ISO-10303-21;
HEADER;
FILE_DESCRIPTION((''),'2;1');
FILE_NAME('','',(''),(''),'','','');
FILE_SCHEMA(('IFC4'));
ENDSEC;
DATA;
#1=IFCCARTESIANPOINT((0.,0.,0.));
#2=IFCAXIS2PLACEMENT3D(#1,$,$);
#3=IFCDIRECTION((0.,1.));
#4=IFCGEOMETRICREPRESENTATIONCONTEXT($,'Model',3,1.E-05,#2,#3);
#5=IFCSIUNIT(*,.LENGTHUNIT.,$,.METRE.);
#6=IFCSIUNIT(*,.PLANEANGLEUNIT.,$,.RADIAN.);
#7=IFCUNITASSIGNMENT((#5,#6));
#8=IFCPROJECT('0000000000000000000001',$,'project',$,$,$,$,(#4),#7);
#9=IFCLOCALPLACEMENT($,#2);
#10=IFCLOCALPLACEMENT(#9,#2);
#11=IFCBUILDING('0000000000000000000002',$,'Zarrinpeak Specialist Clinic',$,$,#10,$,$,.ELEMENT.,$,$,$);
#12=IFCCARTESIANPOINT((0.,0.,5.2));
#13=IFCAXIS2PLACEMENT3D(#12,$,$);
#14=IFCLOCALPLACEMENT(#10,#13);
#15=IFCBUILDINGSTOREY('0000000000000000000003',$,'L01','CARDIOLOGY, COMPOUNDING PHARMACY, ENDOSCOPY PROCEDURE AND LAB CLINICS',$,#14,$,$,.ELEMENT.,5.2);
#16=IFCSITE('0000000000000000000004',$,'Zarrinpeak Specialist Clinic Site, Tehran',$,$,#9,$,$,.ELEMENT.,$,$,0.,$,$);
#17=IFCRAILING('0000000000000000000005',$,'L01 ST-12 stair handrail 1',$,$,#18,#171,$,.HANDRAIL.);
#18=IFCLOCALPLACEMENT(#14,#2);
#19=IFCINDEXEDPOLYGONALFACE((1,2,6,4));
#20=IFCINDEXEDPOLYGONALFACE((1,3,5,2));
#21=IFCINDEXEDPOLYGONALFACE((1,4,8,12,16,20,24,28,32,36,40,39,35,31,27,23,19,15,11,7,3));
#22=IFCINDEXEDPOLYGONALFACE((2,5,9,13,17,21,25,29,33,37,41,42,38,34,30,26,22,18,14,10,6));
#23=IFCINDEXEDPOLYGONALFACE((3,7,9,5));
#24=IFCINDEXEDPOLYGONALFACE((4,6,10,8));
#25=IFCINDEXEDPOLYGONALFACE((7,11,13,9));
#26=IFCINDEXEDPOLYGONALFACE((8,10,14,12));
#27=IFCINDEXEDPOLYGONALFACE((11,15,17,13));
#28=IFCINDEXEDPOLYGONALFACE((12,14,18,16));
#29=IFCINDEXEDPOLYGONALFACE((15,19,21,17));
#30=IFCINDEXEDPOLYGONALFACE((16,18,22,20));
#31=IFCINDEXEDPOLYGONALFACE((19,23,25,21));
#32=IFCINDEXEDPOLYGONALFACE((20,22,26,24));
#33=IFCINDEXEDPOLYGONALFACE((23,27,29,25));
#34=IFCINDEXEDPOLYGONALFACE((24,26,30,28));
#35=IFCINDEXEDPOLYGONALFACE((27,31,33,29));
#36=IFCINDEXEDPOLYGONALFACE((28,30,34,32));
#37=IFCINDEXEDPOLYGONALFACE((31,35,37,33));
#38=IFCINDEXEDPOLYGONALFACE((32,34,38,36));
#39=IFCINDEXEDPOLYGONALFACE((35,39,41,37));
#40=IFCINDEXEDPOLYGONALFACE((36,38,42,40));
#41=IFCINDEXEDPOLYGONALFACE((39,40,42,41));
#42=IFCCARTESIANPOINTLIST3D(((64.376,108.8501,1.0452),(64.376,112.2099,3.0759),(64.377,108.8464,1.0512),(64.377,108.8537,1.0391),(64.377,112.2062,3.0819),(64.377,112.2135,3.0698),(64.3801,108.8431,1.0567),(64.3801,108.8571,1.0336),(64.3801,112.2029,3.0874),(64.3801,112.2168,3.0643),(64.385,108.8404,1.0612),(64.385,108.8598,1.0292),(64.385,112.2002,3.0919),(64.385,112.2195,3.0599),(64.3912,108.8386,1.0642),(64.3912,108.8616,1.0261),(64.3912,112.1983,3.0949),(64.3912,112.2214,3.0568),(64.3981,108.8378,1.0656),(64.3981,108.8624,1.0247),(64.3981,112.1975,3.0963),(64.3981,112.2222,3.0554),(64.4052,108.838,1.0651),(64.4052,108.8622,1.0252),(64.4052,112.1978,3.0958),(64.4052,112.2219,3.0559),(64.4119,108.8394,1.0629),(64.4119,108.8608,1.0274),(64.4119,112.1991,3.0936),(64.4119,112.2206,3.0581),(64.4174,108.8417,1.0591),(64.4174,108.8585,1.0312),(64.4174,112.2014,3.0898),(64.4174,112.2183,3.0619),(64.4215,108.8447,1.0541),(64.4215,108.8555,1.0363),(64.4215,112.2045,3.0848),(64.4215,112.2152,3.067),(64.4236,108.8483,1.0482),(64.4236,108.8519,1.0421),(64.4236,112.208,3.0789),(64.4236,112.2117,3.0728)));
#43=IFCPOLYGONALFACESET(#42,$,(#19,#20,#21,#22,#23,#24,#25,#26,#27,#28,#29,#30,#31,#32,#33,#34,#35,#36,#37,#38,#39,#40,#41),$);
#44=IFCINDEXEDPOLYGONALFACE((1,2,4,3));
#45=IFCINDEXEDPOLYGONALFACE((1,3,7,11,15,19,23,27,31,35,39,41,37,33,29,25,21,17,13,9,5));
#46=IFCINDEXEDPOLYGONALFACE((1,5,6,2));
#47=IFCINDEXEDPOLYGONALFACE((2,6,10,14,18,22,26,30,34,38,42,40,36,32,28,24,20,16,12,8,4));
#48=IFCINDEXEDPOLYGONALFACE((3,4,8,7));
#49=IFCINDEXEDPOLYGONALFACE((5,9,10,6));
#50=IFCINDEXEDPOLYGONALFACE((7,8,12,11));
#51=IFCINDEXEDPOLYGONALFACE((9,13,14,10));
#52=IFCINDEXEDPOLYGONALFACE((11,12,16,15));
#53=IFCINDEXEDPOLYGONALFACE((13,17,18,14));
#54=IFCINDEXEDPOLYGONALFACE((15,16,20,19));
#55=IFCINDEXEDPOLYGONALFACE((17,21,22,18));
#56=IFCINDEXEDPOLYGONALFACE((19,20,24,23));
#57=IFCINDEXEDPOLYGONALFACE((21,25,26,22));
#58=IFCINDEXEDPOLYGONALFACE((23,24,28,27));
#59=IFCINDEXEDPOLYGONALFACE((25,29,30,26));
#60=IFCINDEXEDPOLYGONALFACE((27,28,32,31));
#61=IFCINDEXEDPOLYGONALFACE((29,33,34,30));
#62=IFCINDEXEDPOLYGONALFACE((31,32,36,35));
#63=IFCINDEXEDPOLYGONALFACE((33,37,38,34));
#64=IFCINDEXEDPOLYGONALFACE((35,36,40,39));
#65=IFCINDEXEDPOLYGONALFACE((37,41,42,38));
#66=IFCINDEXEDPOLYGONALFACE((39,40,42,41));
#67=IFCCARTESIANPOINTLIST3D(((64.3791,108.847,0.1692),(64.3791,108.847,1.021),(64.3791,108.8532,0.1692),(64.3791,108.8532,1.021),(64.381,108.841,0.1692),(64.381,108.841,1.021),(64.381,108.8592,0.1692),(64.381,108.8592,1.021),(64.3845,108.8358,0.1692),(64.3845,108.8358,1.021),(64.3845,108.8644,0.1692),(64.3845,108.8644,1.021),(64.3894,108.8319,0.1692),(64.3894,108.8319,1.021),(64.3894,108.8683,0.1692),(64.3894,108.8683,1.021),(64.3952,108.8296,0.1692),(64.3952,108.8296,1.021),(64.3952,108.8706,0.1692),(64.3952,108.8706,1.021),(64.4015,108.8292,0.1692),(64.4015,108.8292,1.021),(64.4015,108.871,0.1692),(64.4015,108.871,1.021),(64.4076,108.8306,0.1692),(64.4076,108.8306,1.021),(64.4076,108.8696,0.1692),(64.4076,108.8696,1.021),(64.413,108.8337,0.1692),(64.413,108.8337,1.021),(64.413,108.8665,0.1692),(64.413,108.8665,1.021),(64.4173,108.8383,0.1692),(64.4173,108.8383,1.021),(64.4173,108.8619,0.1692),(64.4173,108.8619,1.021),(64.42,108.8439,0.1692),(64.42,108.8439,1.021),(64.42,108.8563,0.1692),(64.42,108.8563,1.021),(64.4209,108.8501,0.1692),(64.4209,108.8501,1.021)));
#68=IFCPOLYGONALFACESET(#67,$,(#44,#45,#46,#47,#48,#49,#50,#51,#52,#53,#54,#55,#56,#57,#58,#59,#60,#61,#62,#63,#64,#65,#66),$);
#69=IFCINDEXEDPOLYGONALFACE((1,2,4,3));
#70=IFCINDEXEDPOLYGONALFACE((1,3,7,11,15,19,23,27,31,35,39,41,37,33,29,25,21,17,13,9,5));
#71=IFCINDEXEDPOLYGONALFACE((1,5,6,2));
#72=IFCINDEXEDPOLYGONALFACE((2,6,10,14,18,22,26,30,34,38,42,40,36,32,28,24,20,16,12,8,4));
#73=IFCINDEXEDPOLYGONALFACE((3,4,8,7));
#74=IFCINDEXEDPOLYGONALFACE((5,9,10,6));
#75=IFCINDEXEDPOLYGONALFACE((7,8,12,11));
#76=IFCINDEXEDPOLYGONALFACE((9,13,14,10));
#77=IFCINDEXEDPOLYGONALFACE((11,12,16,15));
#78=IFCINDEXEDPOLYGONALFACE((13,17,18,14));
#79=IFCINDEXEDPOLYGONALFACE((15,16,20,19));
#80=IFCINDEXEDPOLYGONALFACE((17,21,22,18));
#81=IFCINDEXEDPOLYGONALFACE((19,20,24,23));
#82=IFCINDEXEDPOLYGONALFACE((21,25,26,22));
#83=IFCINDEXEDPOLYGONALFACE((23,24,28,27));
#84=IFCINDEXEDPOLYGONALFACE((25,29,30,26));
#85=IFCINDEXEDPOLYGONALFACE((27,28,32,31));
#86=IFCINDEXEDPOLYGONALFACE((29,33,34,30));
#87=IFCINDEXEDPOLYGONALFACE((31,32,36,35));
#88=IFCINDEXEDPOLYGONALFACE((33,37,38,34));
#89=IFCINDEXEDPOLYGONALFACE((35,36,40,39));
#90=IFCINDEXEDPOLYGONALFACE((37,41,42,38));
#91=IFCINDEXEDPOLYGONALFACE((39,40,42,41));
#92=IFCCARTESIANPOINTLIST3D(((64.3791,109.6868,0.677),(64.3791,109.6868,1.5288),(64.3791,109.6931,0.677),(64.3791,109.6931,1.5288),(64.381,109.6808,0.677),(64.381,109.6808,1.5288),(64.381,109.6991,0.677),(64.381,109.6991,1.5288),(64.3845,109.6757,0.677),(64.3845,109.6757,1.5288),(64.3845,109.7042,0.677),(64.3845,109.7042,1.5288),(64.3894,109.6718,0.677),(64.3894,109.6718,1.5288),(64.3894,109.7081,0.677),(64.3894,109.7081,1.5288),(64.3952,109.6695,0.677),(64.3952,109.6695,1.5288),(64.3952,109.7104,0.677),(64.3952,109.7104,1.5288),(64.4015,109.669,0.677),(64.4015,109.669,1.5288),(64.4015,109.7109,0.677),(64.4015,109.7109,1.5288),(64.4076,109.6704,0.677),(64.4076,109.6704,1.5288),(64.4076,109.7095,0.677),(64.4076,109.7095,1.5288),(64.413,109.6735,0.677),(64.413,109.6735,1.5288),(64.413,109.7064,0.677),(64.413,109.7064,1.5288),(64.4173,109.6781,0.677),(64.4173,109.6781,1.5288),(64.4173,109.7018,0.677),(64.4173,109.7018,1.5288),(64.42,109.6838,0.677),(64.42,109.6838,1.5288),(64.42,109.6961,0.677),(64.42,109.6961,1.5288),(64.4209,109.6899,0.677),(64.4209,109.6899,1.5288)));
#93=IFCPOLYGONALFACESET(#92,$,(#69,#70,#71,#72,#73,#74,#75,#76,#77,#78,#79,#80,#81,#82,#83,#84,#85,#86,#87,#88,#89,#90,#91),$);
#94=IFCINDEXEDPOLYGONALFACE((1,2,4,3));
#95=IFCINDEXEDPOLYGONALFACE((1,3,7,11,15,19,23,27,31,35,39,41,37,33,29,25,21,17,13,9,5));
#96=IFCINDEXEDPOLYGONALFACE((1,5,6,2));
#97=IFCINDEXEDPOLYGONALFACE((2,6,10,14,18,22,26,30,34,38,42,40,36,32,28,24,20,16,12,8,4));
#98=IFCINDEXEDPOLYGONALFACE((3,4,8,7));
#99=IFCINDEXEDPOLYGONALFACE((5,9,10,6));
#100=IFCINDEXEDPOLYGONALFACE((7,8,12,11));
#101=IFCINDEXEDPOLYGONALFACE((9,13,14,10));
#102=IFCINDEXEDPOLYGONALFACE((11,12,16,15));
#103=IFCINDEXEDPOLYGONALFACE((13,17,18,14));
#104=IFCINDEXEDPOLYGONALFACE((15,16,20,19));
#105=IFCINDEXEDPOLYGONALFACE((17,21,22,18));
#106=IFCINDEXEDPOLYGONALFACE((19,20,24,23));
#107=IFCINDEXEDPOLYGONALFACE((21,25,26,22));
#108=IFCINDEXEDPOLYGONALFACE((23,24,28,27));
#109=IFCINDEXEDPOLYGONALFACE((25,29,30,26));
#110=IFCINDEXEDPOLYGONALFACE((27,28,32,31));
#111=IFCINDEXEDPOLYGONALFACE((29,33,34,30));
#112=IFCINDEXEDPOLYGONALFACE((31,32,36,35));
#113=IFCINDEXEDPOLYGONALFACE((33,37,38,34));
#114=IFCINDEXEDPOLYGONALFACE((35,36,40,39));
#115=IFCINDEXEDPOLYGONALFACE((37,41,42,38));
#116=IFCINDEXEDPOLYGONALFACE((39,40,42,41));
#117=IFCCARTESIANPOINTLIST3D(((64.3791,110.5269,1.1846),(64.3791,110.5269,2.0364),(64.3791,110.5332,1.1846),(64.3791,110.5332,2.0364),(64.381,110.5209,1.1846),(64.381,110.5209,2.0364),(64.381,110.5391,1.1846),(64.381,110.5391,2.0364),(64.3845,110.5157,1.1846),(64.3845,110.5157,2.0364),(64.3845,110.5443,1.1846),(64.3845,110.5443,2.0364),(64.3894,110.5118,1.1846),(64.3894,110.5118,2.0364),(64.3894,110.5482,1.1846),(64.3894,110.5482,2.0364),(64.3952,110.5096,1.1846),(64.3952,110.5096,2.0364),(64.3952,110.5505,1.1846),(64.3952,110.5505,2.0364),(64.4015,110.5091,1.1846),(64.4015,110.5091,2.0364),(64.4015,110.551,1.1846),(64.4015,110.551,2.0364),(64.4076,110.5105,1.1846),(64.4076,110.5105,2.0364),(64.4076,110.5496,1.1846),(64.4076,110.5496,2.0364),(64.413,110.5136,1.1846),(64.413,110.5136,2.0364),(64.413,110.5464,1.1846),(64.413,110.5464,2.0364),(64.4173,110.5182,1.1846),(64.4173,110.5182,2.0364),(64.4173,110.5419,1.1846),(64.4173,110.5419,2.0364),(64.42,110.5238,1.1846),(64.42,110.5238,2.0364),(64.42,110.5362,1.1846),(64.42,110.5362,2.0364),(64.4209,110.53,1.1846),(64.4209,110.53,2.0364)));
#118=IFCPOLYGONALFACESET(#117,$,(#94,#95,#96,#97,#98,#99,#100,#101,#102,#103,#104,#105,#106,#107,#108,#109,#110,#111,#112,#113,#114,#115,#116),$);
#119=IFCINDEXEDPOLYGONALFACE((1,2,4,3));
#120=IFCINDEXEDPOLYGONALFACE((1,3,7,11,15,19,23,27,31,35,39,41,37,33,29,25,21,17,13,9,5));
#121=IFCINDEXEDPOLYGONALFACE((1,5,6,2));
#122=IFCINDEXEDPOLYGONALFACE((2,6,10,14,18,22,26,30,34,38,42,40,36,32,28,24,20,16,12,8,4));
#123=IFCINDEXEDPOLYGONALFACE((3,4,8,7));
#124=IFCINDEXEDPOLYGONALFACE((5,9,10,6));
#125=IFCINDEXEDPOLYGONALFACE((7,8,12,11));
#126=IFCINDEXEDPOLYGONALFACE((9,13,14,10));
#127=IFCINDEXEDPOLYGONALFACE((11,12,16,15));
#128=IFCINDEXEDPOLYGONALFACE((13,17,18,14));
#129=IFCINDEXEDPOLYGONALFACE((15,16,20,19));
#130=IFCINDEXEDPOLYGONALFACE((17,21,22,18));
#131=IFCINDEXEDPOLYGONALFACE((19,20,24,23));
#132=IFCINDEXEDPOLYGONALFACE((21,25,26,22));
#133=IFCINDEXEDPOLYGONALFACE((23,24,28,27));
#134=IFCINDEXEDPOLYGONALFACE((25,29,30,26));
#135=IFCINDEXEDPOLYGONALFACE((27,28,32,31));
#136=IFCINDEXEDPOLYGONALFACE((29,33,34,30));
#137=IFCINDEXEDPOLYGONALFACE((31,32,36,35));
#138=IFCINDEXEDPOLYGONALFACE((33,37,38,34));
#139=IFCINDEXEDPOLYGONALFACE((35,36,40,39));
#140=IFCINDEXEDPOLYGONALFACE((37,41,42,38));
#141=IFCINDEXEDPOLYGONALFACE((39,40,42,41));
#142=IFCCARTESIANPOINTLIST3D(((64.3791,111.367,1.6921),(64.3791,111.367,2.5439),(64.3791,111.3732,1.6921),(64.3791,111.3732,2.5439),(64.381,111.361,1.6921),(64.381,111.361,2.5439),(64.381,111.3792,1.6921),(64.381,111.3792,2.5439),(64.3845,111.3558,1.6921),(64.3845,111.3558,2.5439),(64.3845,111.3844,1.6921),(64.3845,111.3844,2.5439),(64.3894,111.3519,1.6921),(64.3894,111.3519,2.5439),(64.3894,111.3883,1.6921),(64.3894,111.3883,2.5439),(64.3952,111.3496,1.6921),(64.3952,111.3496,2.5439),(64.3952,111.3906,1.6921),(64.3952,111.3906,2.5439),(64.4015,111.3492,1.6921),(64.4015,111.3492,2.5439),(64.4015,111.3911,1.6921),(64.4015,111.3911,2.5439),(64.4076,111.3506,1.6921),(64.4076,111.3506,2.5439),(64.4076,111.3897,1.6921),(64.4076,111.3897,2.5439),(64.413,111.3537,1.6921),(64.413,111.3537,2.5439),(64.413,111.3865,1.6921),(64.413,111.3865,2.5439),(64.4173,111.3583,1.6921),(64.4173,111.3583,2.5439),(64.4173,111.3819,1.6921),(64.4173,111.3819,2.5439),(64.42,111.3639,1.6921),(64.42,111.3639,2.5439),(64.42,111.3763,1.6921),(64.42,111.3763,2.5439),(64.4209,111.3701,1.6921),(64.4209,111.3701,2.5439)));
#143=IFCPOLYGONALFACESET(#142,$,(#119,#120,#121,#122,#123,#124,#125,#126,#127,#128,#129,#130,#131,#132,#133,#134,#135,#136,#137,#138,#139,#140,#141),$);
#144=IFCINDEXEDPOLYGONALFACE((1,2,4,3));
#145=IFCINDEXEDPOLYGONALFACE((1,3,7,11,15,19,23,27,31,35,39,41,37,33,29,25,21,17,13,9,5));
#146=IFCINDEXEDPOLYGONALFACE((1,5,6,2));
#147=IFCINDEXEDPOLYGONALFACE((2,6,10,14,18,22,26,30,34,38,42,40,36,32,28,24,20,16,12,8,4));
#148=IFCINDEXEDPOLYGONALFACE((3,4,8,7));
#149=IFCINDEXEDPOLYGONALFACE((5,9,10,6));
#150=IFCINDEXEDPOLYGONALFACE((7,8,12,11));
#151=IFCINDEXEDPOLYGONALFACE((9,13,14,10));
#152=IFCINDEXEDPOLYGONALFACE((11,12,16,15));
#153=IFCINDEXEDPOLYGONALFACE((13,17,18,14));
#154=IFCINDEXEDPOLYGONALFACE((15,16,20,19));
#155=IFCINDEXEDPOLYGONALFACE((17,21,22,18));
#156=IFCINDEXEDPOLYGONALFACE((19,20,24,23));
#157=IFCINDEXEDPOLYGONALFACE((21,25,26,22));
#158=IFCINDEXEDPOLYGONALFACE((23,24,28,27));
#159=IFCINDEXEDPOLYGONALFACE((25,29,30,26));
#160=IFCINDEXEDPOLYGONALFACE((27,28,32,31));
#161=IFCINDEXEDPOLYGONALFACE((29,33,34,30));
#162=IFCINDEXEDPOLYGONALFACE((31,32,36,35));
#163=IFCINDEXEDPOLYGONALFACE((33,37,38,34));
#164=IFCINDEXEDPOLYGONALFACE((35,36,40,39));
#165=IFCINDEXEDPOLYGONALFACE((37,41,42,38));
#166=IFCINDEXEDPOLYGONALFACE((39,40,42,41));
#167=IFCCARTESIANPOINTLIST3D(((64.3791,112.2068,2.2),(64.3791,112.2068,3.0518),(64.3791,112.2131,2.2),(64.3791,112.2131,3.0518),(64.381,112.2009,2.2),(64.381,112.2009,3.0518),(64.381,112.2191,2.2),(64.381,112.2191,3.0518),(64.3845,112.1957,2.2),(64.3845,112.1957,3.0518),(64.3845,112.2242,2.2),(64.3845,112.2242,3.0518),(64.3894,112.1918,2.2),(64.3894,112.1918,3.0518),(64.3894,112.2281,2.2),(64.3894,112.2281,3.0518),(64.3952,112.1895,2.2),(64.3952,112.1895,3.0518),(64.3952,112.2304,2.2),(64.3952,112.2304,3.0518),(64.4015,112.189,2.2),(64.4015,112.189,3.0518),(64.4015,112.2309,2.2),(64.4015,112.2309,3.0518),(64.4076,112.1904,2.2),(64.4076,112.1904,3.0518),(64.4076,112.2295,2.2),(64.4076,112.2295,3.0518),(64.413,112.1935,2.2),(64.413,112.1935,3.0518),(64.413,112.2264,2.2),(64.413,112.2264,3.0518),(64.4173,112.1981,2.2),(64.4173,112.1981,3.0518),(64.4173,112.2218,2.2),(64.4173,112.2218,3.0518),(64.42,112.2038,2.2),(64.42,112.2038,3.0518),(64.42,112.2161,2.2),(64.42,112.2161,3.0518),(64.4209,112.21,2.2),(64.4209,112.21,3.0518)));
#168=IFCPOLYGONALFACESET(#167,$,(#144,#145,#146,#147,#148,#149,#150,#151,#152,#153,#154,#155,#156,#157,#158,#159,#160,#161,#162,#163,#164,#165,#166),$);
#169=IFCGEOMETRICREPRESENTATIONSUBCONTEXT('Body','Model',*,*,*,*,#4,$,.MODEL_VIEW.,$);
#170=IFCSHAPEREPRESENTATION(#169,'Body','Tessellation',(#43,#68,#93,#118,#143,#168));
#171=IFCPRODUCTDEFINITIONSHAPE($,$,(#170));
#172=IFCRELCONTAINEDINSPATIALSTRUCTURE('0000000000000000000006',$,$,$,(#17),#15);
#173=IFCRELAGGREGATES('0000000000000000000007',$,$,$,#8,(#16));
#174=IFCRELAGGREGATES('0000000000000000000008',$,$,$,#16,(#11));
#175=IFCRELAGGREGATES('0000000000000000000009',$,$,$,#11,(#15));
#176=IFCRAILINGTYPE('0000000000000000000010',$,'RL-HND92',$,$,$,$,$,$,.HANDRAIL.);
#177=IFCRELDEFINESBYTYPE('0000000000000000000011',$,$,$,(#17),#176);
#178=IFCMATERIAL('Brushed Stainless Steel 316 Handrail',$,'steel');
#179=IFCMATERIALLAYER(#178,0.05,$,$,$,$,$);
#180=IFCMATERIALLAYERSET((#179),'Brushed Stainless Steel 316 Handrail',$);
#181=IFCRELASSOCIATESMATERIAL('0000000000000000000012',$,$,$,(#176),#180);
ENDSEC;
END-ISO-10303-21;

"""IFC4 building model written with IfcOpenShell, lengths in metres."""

from ifc_helpers import new_model, si_unit, direction, frame, origin, origin_2d, place, context, subcontext, project, spatial, circle, extrude, material, layer, layer_set, type_object, element, save


model = new_model("IFC4")

# Units and contexts
model_context = context("Model", 3, precision=1e-05, world=origin(), true_north=direction((0.0, 1.0)))
body_context = subcontext(model_context, "Body", "Model", "MODEL_VIEW")
ifc_project = project(units=[si_unit("LENGTHUNIT", "METRE"), si_unit("PLANEANGLEUNIT", "RADIAN")], contexts=[model_context])

# Site, building, storey
site_placement = place(None, origin())
site = spatial("IfcSite", under=ifc_project, at=site_placement, Name="Zarrinpeak Specialist Clinic Site, Tehran", CompositionType="ELEMENT", RefElevation=0.0)
building_placement = place(site_placement, origin())
building = spatial("IfcBuilding", under=site, at=building_placement, Name="Zarrinpeak Specialist Clinic", CompositionType="ELEMENT")
storey_placement = place(building_placement, frame((0.0, 0.0, 5.2)))
storey = spatial("IfcBuildingStorey", under=building, at=storey_placement, Name="L01", Description="CARDIOLOGY, COMPOUNDING PHARMACY, ENDOSCOPY PROCEDURE AND LAB CLINICS", CompositionType="ELEMENT", Elevation=5.2)

# Railing
ifc_material_1 = material(Name="Brushed Stainless Steel 316 Handrail", Category="steel")
ifc_layer_1 = layer(ifc_material_1, 0.05)
ifc_layer_set_1 = layer_set([ifc_layer_1], Name="Brushed Stainless Steel 316 Handrail")
railing_type_1 = type_object("IfcRailingType", Name="RL-HND92", PredefinedType="HANDRAIL", material=ifc_layer_set_1)
railing_1_placement = place(storey_placement, frame((64.3999, 108.8501, 0.1692)))
element("IfcRailing", 1, at=railing_1_placement, inside=storey, type_object=railing_type_1, Name="L01 ST-12 stair handrail 1", PredefinedType="HANDRAIL", context=body_context, shape_type="SweptSolid", body=[
    extrude(circle(Radius=0.0239, at=origin_2d()), frame((0.0, 0.0, 0.876), z_axis=(0.0, 0.85582, 0.517273), x_axis=(-1.0, 0.0, 0.0)), (0.0, 0.0, 1.0), 3.9258),
    extrude(circle(Radius=0.021, at=origin_2d()), origin(), (0.0, 0.0, 1.0), 0.8518),
    extrude(circle(Radius=0.021, at=origin_2d()), frame((0.0, 0.8398, 0.5078)), (0.0, 0.0, 1.0), 0.8518),
    extrude(circle(Radius=0.021, at=origin_2d()), frame((0.0, 1.6799, 1.0154)), (0.0, 0.0, 1.0), 0.8518),
    extrude(circle(Radius=0.021, at=origin_2d()), frame((0.0, 2.52, 1.5229)), (0.0, 0.0, 1.0), 0.8518),
    extrude(circle(Radius=0.021, at=origin_2d()), frame((0.0, 3.3599, 2.0308)), (0.0, 0.0, 1.0), 0.8518),
])

save(model, "model.ifc")
